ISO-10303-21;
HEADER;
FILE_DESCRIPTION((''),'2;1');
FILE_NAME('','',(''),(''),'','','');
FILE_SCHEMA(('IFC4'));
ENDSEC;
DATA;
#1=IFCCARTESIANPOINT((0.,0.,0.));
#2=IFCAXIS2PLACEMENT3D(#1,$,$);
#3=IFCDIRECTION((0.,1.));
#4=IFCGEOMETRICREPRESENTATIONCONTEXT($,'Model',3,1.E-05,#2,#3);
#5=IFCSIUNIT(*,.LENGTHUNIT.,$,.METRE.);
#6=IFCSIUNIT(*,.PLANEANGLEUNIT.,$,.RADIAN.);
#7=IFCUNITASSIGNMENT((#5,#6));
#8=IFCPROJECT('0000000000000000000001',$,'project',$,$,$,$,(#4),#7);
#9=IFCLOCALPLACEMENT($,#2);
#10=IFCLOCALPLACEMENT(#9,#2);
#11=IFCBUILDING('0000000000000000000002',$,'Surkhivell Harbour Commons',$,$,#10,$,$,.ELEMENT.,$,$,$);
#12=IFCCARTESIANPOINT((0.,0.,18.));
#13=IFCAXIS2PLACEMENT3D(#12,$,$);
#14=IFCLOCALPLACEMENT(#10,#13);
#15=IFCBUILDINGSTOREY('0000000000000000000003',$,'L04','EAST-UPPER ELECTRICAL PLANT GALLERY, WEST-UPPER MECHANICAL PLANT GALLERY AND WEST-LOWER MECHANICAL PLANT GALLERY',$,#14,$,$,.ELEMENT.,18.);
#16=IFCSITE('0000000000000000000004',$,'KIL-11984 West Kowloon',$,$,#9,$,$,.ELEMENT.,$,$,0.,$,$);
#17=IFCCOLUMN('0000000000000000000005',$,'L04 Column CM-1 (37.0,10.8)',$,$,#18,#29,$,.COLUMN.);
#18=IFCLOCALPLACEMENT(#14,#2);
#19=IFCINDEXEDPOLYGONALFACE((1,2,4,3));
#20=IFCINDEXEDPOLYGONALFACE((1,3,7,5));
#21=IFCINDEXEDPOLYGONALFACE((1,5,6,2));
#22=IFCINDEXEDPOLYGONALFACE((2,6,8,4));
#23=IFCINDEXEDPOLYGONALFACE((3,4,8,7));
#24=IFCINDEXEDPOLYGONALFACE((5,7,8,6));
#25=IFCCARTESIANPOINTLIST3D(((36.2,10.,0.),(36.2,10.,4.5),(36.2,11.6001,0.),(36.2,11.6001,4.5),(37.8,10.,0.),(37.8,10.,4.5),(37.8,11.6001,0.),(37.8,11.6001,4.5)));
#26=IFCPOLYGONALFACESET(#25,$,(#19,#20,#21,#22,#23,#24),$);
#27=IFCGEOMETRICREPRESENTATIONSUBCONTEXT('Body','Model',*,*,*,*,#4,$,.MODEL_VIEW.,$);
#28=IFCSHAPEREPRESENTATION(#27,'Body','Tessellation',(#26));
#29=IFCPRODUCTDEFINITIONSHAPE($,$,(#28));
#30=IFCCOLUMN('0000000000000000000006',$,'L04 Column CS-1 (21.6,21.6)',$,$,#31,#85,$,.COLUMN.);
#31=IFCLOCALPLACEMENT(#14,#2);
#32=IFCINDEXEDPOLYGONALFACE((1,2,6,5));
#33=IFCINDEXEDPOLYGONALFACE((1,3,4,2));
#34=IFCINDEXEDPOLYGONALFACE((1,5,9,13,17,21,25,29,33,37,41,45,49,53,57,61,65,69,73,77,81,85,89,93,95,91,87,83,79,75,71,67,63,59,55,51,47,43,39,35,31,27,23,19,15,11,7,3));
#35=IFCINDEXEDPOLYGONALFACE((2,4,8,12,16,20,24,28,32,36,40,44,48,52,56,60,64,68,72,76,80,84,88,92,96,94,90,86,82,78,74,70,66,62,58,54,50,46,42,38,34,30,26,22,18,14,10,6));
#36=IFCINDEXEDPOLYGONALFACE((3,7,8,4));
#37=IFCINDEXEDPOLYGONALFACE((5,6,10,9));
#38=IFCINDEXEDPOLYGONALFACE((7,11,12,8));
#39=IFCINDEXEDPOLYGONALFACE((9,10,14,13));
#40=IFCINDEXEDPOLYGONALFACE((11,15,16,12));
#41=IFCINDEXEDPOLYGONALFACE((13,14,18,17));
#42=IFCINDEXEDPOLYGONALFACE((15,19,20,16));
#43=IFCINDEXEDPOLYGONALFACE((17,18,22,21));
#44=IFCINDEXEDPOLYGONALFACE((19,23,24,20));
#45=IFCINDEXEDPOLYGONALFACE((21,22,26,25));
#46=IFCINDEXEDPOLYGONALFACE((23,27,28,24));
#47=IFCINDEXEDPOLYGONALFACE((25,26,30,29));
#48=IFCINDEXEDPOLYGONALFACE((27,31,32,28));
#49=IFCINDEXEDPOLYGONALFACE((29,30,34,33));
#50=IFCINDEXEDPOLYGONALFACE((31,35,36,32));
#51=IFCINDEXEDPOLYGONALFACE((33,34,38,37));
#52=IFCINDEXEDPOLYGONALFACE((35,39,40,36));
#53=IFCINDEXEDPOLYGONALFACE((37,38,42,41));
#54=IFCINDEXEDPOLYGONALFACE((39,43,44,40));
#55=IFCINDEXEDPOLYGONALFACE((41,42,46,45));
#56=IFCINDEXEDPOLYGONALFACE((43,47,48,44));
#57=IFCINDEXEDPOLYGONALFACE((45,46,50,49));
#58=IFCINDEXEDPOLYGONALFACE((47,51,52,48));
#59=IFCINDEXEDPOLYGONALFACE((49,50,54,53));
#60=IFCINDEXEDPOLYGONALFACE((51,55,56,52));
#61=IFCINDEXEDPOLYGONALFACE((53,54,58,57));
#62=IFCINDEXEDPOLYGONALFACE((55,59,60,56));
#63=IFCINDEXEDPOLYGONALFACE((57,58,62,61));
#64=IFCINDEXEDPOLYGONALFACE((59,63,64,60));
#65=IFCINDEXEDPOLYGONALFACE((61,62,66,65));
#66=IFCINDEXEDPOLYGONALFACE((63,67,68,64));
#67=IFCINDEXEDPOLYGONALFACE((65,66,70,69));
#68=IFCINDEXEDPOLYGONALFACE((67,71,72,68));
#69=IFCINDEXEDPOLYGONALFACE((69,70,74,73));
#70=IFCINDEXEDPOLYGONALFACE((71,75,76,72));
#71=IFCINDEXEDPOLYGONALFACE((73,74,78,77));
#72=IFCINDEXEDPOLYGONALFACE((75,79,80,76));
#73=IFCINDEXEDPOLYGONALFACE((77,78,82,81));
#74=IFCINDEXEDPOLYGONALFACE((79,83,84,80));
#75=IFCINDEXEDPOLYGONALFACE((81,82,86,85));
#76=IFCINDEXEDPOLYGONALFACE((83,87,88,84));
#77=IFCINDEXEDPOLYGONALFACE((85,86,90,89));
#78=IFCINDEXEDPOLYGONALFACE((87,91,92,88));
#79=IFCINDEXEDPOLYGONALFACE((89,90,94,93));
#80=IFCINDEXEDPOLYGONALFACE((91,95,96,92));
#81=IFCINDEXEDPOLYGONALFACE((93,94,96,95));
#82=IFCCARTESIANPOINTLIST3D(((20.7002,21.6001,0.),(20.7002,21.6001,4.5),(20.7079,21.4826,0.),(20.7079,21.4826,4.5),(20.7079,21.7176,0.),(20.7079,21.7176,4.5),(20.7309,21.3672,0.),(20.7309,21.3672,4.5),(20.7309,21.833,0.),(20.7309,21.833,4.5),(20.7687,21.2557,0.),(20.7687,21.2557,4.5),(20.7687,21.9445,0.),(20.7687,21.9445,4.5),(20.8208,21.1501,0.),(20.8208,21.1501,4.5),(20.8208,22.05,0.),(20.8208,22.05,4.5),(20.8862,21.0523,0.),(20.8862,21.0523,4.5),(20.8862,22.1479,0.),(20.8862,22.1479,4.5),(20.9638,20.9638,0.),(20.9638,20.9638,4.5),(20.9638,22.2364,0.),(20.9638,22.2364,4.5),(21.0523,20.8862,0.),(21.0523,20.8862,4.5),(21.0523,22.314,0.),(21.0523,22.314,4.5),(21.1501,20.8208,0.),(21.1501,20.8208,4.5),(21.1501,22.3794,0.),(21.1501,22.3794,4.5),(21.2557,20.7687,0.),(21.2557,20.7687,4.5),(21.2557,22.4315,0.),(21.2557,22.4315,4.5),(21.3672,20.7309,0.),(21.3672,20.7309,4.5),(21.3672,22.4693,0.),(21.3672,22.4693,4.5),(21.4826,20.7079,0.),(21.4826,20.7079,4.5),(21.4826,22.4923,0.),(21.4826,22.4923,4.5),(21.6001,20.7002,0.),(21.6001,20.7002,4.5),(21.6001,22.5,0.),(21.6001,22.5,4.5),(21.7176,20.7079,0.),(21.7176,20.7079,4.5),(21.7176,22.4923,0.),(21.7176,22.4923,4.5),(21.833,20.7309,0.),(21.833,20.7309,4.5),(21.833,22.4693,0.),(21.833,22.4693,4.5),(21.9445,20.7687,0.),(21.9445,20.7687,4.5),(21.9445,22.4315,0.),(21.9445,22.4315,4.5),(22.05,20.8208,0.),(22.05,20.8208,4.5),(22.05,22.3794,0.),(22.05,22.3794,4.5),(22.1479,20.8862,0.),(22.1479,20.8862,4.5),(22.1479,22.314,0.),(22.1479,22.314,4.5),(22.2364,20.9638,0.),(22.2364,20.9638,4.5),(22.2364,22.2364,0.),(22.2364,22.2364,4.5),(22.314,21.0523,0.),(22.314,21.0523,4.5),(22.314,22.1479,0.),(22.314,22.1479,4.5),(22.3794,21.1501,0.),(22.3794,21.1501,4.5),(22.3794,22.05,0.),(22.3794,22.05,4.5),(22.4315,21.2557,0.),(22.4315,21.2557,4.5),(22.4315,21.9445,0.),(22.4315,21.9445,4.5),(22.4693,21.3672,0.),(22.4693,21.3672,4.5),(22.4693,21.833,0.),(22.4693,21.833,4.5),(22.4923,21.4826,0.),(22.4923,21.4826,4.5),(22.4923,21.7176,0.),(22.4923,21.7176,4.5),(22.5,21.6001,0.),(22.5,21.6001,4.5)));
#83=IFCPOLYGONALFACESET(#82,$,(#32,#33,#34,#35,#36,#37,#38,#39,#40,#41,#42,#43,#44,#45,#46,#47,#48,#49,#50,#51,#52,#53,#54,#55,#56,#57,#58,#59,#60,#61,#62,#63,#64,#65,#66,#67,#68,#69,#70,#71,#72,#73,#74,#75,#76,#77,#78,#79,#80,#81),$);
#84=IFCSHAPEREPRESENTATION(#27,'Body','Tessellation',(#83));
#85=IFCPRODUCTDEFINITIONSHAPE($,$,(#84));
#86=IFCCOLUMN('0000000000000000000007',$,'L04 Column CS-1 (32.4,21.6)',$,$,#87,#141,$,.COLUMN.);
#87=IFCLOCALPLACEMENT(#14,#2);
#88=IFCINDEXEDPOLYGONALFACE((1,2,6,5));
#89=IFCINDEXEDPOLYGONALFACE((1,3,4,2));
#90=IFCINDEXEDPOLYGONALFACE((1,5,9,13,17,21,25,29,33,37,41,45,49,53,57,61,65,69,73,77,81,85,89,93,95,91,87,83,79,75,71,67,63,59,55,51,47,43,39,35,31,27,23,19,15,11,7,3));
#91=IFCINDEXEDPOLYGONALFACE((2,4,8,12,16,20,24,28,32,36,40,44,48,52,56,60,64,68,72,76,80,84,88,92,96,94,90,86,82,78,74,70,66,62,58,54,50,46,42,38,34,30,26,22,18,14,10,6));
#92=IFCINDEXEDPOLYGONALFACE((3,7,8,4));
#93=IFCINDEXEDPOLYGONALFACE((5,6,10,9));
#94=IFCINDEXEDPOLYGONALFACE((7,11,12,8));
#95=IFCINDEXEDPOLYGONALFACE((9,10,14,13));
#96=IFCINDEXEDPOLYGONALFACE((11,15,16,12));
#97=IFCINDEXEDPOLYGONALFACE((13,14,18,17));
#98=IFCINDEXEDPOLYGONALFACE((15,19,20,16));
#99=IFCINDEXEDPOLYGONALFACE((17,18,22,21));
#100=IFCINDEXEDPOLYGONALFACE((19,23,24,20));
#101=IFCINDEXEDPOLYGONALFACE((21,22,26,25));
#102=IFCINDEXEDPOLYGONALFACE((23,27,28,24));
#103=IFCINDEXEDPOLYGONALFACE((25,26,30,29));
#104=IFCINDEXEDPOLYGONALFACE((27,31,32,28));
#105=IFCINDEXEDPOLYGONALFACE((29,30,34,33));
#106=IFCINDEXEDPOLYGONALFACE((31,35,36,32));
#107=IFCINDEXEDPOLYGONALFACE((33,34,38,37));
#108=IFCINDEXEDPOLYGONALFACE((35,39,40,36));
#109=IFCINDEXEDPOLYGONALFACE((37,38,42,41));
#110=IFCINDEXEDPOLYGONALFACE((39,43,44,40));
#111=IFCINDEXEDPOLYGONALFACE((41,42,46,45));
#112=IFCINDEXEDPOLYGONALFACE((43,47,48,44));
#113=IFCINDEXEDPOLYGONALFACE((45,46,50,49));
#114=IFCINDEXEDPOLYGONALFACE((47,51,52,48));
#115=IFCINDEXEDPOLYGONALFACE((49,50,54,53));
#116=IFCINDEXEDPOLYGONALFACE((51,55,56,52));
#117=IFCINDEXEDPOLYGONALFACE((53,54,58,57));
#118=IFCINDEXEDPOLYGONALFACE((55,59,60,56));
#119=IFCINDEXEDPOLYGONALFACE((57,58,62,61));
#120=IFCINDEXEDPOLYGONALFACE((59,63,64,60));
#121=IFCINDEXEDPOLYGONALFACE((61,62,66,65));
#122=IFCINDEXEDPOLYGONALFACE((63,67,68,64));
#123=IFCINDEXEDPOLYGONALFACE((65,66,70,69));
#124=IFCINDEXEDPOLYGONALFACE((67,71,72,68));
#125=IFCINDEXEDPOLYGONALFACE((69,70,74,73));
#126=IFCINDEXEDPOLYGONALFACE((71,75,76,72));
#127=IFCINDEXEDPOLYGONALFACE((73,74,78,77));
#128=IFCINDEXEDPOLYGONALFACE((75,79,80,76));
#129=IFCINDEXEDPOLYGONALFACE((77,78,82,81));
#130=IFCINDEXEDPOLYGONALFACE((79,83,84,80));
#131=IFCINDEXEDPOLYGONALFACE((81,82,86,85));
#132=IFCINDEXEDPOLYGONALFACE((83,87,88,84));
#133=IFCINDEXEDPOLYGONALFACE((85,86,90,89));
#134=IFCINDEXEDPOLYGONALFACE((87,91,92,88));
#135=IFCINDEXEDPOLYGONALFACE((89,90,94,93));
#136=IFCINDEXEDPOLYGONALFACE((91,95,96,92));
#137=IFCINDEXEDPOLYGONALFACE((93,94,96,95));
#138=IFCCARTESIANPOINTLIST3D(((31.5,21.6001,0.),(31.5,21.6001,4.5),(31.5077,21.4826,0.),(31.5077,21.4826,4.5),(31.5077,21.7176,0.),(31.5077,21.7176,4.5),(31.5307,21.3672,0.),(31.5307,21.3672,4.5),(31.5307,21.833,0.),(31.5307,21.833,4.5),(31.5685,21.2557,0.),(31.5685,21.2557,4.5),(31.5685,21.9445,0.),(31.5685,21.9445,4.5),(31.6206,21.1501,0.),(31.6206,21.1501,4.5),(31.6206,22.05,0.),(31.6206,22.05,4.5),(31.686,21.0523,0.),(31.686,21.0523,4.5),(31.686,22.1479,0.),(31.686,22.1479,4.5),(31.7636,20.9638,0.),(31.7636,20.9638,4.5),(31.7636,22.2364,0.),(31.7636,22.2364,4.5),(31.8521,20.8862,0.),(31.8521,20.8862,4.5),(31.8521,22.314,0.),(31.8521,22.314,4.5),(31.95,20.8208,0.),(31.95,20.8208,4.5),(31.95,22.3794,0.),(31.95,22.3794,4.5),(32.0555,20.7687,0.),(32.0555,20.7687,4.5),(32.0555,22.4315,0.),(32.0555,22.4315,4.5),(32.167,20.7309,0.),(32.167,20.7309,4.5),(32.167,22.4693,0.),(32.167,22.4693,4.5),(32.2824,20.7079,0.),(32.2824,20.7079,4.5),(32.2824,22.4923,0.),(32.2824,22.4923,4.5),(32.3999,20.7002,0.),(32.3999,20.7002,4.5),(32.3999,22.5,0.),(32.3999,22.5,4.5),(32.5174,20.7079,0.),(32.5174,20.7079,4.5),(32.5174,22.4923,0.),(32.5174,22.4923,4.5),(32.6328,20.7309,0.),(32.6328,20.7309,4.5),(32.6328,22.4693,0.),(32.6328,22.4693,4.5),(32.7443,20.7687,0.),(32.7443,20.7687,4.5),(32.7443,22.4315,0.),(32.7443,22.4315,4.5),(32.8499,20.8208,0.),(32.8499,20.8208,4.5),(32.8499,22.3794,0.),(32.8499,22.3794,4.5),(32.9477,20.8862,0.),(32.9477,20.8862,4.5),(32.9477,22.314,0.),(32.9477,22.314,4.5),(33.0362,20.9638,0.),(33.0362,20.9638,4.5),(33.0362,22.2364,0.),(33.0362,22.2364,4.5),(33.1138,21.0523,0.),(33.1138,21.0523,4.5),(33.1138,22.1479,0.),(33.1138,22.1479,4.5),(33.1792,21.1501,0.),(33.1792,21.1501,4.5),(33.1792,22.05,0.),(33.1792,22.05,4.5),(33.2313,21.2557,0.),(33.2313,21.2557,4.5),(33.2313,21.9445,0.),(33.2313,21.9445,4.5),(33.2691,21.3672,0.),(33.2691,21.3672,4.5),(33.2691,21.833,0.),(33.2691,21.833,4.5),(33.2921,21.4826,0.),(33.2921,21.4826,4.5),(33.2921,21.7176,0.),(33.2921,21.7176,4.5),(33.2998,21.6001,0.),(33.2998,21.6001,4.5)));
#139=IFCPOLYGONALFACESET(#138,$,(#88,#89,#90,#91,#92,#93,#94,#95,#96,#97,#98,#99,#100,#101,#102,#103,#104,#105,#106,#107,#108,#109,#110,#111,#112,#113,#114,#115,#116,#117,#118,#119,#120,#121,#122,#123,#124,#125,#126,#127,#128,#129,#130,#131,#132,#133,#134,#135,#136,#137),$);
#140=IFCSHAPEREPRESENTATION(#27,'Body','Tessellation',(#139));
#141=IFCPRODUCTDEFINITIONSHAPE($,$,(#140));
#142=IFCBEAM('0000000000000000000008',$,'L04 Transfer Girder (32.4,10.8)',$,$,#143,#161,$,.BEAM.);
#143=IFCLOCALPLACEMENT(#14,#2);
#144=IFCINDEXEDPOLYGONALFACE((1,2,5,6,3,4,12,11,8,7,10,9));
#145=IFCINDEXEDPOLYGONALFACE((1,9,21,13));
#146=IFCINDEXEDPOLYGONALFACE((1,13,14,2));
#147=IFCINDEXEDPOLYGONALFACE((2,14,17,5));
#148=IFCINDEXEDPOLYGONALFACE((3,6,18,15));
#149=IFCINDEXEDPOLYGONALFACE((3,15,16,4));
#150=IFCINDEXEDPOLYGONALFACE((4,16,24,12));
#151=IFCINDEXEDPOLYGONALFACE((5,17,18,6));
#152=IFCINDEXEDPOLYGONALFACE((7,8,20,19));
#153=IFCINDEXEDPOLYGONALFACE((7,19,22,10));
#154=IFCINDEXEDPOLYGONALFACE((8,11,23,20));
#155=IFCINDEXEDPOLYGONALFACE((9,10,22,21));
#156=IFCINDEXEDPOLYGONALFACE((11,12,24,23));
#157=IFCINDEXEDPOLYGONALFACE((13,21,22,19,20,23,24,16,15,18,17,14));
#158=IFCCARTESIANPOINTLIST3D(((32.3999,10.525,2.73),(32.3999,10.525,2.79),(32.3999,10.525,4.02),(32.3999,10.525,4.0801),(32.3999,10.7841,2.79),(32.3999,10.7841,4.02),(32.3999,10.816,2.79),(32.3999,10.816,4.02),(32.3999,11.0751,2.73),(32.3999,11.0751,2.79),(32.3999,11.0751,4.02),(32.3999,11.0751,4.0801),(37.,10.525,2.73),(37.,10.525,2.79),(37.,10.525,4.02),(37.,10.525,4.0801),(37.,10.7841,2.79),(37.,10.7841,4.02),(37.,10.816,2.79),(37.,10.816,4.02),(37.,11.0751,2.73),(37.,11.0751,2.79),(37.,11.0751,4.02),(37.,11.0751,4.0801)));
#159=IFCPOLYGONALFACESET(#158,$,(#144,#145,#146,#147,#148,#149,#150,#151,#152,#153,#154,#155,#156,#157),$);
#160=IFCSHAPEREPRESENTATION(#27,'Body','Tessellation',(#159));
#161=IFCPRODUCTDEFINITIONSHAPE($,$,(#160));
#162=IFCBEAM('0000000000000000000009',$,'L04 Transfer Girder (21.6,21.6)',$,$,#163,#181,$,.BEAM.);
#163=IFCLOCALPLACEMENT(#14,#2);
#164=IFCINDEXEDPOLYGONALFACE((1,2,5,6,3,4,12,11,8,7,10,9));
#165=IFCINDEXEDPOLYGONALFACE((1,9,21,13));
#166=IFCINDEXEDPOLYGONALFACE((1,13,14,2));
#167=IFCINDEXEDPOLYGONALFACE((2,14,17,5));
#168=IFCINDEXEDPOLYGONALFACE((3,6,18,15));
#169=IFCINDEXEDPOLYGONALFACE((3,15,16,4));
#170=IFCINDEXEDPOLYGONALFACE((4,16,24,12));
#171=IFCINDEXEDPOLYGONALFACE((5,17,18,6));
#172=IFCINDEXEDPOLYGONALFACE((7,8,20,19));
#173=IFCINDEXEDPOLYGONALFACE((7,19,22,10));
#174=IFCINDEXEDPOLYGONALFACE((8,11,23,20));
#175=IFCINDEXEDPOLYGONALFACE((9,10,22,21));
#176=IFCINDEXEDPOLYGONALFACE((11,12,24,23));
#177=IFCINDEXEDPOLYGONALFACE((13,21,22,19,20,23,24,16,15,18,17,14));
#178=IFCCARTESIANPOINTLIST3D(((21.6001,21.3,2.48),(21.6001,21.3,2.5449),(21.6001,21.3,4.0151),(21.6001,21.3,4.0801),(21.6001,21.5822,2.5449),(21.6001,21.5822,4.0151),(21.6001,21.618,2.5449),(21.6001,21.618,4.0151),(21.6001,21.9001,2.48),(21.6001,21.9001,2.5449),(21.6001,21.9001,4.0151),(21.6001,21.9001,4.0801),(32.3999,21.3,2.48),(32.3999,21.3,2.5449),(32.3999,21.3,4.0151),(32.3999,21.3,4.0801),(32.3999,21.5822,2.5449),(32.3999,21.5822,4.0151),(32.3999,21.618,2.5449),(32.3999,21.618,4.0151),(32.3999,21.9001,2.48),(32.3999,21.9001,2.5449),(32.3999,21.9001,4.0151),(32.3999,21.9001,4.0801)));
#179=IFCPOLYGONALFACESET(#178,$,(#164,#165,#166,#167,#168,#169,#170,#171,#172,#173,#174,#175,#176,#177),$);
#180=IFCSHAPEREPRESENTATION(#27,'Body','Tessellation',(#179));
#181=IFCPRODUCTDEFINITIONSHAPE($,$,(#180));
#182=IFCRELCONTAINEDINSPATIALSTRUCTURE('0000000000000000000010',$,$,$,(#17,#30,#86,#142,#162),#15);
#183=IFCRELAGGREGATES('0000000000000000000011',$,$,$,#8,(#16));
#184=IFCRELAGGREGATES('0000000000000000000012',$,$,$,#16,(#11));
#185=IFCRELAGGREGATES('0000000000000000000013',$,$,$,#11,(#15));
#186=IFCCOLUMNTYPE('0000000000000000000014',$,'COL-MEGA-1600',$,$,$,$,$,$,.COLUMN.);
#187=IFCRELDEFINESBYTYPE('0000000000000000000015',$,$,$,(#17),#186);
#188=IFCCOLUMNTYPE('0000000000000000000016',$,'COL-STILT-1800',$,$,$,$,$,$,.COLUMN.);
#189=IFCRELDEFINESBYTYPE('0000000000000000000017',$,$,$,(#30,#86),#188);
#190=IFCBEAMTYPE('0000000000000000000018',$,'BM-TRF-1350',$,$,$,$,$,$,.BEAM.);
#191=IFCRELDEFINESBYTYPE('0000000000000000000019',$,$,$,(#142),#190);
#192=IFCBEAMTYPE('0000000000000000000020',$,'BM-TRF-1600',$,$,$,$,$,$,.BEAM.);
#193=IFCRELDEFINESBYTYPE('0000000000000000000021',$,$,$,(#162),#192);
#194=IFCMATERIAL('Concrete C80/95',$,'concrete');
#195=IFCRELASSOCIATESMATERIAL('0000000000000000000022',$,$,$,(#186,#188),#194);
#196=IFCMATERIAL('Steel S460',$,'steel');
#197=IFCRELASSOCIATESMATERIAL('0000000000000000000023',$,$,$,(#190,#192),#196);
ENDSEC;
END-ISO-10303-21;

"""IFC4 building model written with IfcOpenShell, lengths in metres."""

from ifc_helpers import new_model, si_unit, direction, frame, origin, origin_2d, place, context, subcontext, project, spatial, rectangle, circle, i_section, extrude, material, material_profile, profile_set, type_object, element, save


model = new_model("IFC4")

# Units and contexts
model_context = context("Model", 3, precision=1e-05, world=origin(), true_north=direction((0.0, 1.0)))
body_context = subcontext(model_context, "Body", "Model", "MODEL_VIEW")
ifc_project = project(units=[si_unit("LENGTHUNIT", "METRE"), si_unit("PLANEANGLEUNIT", "RADIAN")], contexts=[model_context])

# Site, building, storey
site_placement = place(None, origin())
site = spatial("IfcSite", under=ifc_project, at=site_placement, Name="KIL-11984 West Kowloon", CompositionType="ELEMENT", RefElevation=0.0)
building_placement = place(site_placement, origin())
building = spatial("IfcBuilding", under=site, at=building_placement, Name="Surkhivell Harbour Commons", CompositionType="ELEMENT")
storey_placement = place(building_placement, frame((0.0, 0.0, 18.0)))
storey = spatial("IfcBuildingStorey", under=building, at=storey_placement, Name="L04", Description="EAST-UPPER ELECTRICAL PLANT GALLERY, WEST-UPPER MECHANICAL PLANT GALLERY AND WEST-LOWER MECHANICAL PLANT GALLERY", CompositionType="ELEMENT", Elevation=18.0)

# Columns
ifc_material_1 = material(Name="Concrete C80/95", Category="concrete")
ifc_material_profile_1 = material_profile(ifc_material_1, rectangle(XDim=1.6001, YDim=1.6001, at=origin_2d()), Name="RC-COL-1600x1600")
ifc_profile_set_1 = profile_set([ifc_material_profile_1], Name="Concrete C80/95")
column_type_1 = type_object("IfcColumnType", Name="COL-MEGA-1600", PredefinedType="COLUMN", material=ifc_profile_set_1)
column_placement = place(storey_placement, frame((37.0, 10.8, 0.0), z_axis=(0.0, 0.0, 1.0), x_axis=(1.0, 0.0, 0.0)))
element("IfcColumn", 1, at=column_placement, inside=storey, type_object=column_type_1, Name="L04 Column CM-1 (37.0,10.8)", PredefinedType="COLUMN", context=body_context, shape_type="SweptSolid", body=[
    extrude(rectangle(XDim=1.6001, YDim=1.6001, at=origin_2d()), origin(), (0.0, 0.0, 1.0), 4.5),
])
ifc_material_profile_2 = material_profile(ifc_material_1, circle(Radius=0.8999, at=origin_2d()), Name="RC-CIRC-1800")
ifc_profile_set_2 = profile_set([ifc_material_profile_2], Name="Concrete C80/95")
column_type_2 = type_object("IfcColumnType", Name="COL-STILT-1800", PredefinedType="COLUMN", material=ifc_profile_set_2)
for number, where, z_axis, x_axis, name in (
    (2, (21.6001, 21.6001, 0.0), (0.0, 0.0, 1.0), (1.0, 0.0, 0.0), "L04 Column CS-1 (21.6,21.6)"),
    (3, (32.3999, 21.6001, 0.0), (0.0, 0.0, 1.0), (1.0, 0.0, 0.0), "L04 Column CS-1 (32.4,21.6)"),
):
    element("IfcColumn", number, at=place(storey_placement, frame(where, z_axis=z_axis, x_axis=x_axis)), inside=storey, type_object=column_type_2, Name=name, PredefinedType="COLUMN", context=body_context, shape_type="SweptSolid", body=[
        extrude(circle(Radius=0.8999, at=origin_2d()), origin(), (0.0, 0.0, 1.0), 4.5),
    ])

# Beams
ifc_material_2 = material(Name="Steel S460", Category="steel")
ifc_material_profile_3 = material_profile(ifc_material_2, i_section(OverallWidth=0.55, OverallDepth=1.3501, WebThickness=0.032, FlangeThickness=0.0601, at=origin_2d()), Name="WPG1350x550x248")
ifc_profile_set_3 = profile_set([ifc_material_profile_3], Name="Steel S460")
beam_type_1 = type_object("IfcBeamType", Name="BM-TRF-1350", PredefinedType="BEAM", material=ifc_profile_set_3)
beam_1_placement = place(storey_placement, frame((32.3999, 10.8, 3.405), z_axis=(1.0, 0.0, 0.0), x_axis=(0.0, 1.0, 0.0)))
element("IfcBeam", 4, at=beam_1_placement, inside=storey, type_object=beam_type_1, Name="L04 Transfer Girder (32.4,10.8)", PredefinedType="BEAM", context=body_context, shape_type="SweptSolid", body=[
    extrude(i_section(OverallWidth=0.55, OverallDepth=1.3501, WebThickness=0.032, FlangeThickness=0.0601, at=origin_2d()), origin(), (0.0, 0.0, 1.0), 4.6001),
])
ifc_material_profile_4 = material_profile(ifc_material_2, i_section(OverallWidth=0.6001, OverallDepth=1.6001, WebThickness=0.0359, FlangeThickness=0.0649, at=origin_2d()), Name="WPG1600x600x296")
ifc_profile_set_4 = profile_set([ifc_material_profile_4], Name="Steel S460")
beam_type_2 = type_object("IfcBeamType", Name="BM-TRF-1600", PredefinedType="BEAM", material=ifc_profile_set_4)
beam_2_placement = place(storey_placement, frame((21.6001, 21.6001, 3.28), z_axis=(1.0, 0.0, 0.0), x_axis=(0.0, 1.0, 0.0)))
element("IfcBeam", 5, at=beam_2_placement, inside=storey, type_object=beam_type_2, Name="L04 Transfer Girder (21.6,21.6)", PredefinedType="BEAM", context=body_context, shape_type="SweptSolid", body=[
    extrude(i_section(OverallWidth=0.6001, OverallDepth=1.6001, WebThickness=0.0359, FlangeThickness=0.0649, at=origin_2d()), origin(), (0.0, 0.0, 1.0), 10.7998),
])

save(model, "model.ifc")
